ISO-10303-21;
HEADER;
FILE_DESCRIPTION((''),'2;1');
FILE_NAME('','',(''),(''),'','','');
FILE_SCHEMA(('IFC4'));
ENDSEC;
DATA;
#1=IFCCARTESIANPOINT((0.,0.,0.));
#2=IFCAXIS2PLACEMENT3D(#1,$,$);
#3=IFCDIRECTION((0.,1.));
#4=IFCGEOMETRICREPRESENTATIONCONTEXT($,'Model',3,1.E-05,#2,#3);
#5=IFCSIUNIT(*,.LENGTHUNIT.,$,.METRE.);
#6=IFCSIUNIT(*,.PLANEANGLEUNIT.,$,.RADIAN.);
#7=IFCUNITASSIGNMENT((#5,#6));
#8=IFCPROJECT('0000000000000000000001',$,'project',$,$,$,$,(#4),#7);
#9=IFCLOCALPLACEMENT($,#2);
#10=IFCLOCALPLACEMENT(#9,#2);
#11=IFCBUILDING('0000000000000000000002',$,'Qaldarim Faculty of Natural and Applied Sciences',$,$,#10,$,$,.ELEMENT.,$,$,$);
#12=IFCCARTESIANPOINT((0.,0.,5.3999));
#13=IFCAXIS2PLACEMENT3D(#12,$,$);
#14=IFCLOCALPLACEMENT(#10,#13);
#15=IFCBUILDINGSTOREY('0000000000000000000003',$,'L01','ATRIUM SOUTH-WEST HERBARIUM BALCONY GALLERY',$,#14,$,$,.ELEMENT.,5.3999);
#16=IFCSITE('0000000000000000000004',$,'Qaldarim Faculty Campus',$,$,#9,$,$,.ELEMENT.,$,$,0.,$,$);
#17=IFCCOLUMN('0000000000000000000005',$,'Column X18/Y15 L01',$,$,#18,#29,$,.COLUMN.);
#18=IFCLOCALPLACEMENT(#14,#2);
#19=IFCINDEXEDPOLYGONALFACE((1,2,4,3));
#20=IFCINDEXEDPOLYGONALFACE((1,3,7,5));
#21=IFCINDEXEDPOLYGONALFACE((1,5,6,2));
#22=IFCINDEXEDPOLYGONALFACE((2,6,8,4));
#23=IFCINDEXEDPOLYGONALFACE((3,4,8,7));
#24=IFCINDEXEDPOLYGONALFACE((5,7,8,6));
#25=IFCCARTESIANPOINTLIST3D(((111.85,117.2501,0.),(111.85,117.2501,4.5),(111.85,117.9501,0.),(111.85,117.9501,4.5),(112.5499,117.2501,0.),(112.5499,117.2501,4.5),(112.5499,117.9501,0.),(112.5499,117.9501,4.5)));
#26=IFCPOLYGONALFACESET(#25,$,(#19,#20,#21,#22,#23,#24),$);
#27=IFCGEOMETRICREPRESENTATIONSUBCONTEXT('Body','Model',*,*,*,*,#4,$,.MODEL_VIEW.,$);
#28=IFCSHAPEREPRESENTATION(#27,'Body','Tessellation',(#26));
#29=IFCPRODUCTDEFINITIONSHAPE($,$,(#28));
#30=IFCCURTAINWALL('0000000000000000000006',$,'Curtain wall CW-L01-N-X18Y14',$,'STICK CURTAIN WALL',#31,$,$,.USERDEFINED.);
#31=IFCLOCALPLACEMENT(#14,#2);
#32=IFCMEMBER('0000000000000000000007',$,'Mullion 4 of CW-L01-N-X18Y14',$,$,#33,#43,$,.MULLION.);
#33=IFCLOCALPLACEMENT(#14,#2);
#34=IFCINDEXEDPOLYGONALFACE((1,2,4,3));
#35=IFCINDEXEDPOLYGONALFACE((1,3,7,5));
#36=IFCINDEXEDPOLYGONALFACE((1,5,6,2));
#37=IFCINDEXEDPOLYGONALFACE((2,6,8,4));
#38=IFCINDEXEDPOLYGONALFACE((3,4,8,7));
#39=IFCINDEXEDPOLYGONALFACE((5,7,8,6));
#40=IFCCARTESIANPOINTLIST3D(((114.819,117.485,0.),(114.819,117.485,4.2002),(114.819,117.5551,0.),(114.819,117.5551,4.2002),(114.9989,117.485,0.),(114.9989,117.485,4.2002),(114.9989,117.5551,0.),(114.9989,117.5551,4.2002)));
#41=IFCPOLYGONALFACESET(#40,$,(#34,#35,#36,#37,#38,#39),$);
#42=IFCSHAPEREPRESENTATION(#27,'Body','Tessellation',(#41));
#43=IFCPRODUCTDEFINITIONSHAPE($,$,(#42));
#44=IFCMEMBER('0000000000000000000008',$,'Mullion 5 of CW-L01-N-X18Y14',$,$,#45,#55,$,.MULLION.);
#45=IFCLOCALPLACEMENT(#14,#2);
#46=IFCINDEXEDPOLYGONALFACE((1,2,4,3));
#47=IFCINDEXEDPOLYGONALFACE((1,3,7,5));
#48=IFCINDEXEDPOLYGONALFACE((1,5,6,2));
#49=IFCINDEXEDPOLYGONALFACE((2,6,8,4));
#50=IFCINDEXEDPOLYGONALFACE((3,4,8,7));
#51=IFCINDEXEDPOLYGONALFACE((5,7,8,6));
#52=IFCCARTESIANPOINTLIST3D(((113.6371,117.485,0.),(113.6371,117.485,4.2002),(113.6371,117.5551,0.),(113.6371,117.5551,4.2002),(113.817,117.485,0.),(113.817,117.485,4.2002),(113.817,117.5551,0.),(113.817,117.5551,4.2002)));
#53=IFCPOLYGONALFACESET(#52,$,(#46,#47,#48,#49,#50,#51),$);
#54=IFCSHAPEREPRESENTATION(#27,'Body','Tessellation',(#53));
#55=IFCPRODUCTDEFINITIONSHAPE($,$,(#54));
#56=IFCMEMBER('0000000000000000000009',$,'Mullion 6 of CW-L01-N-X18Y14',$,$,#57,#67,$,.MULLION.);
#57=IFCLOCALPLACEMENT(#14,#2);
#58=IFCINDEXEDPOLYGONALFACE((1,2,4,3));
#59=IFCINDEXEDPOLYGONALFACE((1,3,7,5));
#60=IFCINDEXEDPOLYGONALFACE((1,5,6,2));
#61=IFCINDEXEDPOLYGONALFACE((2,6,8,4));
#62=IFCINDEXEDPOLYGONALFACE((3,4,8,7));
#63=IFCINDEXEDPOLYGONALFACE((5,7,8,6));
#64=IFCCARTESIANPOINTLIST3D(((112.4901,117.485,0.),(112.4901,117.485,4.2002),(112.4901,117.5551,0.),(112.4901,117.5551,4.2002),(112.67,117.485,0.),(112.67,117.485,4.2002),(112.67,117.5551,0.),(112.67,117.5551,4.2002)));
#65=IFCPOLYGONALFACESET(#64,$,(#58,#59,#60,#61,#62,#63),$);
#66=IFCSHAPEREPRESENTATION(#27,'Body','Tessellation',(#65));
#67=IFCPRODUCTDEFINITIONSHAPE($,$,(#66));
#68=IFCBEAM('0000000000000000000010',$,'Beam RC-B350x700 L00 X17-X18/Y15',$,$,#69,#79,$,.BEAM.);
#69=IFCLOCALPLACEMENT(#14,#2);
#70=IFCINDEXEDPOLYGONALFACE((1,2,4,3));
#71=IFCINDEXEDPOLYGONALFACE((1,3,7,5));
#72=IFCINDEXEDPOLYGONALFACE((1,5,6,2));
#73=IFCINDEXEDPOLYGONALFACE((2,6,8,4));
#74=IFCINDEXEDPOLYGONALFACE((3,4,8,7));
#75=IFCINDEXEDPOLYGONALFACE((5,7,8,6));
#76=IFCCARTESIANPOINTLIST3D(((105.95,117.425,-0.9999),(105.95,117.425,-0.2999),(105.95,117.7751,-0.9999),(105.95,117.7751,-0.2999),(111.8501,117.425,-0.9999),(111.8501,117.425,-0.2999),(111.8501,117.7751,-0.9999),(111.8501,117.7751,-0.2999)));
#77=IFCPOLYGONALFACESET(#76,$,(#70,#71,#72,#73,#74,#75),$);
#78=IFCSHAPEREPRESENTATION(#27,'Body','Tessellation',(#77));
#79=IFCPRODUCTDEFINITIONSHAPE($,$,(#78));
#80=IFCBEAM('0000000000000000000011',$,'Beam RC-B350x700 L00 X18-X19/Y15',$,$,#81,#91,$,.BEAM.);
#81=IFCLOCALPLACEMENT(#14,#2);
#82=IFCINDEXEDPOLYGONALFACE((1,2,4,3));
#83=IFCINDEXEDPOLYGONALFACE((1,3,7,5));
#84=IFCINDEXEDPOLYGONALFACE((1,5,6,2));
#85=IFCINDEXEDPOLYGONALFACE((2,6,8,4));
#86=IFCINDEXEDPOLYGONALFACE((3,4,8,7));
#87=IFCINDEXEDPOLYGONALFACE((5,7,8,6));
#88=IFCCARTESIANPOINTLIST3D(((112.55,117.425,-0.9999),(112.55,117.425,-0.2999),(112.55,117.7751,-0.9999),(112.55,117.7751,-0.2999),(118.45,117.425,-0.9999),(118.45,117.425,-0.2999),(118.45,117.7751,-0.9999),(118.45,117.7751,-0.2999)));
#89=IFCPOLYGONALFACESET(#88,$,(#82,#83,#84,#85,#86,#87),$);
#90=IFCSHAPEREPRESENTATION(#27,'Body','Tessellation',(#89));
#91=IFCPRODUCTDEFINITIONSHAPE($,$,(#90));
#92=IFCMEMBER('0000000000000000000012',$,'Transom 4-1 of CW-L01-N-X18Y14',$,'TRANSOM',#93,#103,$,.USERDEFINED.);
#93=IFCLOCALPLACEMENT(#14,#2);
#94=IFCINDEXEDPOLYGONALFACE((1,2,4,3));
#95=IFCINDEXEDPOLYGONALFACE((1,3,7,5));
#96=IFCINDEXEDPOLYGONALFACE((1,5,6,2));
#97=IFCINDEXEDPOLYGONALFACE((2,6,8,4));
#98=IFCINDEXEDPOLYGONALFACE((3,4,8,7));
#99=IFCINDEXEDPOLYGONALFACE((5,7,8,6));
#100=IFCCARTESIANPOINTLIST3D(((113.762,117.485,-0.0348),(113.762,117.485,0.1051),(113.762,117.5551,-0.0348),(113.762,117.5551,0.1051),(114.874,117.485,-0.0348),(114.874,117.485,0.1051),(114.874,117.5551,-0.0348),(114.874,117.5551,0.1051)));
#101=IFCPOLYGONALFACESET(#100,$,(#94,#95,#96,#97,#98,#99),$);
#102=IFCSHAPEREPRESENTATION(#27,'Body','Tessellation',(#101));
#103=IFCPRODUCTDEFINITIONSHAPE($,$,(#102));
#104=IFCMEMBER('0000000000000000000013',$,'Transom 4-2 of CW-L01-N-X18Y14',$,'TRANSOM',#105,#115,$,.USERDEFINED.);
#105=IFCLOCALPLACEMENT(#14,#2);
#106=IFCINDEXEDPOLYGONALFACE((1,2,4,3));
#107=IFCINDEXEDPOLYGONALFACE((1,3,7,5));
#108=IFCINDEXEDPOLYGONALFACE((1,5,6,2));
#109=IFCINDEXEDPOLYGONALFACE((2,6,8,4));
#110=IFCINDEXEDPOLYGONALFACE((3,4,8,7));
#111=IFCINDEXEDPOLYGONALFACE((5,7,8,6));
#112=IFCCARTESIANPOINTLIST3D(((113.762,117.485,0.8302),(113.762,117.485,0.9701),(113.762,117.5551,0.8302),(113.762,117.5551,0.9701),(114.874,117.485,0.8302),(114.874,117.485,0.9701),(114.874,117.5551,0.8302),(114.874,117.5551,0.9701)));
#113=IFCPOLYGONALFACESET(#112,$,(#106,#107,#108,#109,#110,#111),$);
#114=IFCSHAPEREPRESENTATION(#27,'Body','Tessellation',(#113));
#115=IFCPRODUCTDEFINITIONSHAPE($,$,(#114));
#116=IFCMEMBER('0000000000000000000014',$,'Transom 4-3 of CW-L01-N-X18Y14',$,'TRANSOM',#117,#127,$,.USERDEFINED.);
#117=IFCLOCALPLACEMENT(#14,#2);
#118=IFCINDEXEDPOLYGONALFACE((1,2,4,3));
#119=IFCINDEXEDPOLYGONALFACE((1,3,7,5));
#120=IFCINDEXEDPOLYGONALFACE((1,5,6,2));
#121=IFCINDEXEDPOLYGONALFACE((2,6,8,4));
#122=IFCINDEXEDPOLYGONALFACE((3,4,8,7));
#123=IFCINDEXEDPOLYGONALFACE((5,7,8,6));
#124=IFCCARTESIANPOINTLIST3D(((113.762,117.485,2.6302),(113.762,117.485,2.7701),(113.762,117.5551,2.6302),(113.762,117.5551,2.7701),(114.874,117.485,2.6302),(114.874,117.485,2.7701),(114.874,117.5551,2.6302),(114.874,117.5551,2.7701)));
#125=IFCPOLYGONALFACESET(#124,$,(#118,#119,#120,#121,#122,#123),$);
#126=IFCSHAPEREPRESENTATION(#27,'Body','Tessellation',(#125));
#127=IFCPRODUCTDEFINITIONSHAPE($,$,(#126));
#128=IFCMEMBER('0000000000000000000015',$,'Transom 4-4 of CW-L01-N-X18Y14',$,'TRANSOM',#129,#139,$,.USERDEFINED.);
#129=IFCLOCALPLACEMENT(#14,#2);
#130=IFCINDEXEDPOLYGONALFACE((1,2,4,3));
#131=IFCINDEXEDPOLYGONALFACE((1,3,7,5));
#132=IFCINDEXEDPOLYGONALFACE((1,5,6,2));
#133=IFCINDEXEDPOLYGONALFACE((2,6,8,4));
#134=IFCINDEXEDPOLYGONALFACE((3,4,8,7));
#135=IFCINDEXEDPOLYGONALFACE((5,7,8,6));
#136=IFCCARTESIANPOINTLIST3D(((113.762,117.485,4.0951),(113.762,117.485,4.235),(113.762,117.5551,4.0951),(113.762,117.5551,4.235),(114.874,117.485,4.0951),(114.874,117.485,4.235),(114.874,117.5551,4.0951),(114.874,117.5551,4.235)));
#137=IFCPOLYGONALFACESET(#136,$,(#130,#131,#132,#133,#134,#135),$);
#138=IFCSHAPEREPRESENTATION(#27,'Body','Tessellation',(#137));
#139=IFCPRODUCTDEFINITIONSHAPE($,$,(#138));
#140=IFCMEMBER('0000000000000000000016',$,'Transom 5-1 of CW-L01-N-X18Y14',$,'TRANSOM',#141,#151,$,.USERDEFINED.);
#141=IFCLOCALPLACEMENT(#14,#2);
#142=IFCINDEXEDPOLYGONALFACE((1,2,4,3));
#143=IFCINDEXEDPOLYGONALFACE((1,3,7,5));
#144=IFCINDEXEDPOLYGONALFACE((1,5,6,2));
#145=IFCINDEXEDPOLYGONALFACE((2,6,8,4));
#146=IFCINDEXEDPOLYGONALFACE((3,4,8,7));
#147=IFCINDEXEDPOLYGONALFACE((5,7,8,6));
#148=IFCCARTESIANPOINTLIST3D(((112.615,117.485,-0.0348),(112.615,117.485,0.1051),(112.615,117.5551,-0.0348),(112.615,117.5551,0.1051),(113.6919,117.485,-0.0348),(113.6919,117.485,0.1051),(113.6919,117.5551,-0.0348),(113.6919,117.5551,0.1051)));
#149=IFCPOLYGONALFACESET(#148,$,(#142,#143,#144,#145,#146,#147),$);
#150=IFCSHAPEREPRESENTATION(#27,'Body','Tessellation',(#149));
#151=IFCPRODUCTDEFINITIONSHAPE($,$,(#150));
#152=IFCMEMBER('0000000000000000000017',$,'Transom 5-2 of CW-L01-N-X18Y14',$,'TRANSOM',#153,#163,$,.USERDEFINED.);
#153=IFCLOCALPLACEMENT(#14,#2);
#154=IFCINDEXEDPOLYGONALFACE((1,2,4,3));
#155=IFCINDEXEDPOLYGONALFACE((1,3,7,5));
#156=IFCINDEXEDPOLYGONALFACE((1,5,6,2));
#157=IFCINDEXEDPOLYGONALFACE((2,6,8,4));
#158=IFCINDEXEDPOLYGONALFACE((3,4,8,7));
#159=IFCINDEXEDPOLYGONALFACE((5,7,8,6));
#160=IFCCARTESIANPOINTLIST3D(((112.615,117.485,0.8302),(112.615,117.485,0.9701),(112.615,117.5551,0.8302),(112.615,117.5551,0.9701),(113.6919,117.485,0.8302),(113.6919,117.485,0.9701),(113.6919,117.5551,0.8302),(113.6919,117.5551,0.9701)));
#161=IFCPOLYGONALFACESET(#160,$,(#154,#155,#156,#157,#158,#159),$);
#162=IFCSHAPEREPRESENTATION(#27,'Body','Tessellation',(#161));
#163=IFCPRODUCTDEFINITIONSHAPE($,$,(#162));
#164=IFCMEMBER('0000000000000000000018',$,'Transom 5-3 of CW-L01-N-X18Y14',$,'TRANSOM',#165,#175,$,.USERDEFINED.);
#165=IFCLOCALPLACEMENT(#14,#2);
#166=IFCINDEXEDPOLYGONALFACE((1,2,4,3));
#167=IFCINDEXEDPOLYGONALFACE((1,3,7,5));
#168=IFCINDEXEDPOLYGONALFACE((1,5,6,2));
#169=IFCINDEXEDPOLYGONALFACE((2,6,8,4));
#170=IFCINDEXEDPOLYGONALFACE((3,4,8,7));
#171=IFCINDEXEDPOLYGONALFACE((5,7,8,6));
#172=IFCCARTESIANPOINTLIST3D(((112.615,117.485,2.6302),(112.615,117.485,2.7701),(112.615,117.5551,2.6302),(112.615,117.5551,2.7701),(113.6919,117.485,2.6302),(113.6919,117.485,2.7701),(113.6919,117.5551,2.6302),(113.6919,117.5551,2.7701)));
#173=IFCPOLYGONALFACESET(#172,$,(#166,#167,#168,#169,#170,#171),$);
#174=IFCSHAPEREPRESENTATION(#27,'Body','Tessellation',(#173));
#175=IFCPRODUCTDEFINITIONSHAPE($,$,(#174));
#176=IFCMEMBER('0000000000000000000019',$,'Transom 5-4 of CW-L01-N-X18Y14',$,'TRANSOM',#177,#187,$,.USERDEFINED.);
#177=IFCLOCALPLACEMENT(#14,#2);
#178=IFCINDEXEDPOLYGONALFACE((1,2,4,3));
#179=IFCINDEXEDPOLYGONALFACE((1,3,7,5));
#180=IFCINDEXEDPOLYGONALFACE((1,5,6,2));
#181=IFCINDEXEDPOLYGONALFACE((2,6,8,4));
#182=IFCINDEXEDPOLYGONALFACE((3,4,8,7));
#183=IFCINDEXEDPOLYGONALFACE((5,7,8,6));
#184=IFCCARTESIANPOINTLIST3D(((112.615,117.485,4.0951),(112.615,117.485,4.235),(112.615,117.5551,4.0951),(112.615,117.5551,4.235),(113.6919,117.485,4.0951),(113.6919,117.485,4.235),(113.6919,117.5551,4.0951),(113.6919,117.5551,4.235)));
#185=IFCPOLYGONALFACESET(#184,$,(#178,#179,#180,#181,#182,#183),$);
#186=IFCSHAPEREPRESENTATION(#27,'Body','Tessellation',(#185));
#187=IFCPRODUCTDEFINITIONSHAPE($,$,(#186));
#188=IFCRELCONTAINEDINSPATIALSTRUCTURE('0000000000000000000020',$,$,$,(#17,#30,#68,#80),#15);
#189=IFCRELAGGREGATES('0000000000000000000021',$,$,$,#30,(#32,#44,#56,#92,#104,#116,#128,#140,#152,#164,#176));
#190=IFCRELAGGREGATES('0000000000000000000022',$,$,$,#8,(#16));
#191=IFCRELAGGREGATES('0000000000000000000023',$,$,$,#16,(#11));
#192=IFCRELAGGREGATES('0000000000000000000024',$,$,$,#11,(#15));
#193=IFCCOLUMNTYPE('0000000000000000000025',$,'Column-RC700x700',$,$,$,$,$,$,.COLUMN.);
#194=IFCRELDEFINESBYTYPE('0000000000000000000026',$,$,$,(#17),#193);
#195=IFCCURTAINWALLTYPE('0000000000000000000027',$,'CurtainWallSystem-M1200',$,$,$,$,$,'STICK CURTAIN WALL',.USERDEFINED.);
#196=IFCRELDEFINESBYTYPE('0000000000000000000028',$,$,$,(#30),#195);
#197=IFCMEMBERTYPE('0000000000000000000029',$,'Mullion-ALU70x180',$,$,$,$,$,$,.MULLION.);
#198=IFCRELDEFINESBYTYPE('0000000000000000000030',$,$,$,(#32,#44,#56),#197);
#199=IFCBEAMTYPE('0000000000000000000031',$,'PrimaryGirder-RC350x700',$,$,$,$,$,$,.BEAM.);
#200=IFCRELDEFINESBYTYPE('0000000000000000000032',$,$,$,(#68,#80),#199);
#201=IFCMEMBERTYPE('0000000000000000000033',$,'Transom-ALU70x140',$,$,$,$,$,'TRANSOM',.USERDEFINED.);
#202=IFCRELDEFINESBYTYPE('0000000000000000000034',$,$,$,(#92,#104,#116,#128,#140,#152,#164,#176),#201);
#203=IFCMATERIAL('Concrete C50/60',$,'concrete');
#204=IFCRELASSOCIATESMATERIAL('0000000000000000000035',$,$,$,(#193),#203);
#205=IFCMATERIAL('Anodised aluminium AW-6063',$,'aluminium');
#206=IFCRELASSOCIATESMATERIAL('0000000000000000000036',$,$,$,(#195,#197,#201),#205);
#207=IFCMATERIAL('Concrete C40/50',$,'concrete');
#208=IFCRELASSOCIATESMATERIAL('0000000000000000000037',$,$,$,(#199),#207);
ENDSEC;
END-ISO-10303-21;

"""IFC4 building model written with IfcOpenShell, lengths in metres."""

from ifc_helpers import new_model, si_unit, direction, frame, origin, origin_2d, place, context, subcontext, project, spatial, rectangle, extrude, material, material_profile, profile_set, type_object, element, aggregate, save


model = new_model("IFC4")

# Units and contexts
model_context = context("Model", 3, precision=1e-05, world=origin(), true_north=direction((0.0, 1.0)))
body_context = subcontext(model_context, "Body", "Model", "MODEL_VIEW")
ifc_project = project(units=[si_unit("LENGTHUNIT", "METRE"), si_unit("PLANEANGLEUNIT", "RADIAN")], contexts=[model_context])

# Site, building, storey
site_placement = place(None, origin())
site = spatial("IfcSite", under=ifc_project, at=site_placement, Name="Qaldarim Faculty Campus", CompositionType="ELEMENT", RefElevation=0.0)
building_placement = place(site_placement, origin())
building = spatial("IfcBuilding", under=site, at=building_placement, Name="Qaldarim Faculty of Natural and Applied Sciences", CompositionType="ELEMENT")
storey_placement = place(building_placement, frame((0.0, 0.0, 5.3999)))
storey = spatial("IfcBuildingStorey", under=building, at=storey_placement, Name="L01", Description="ATRIUM SOUTH-WEST HERBARIUM BALCONY GALLERY", CompositionType="ELEMENT", Elevation=5.3999)

# Column
ifc_material_1 = material(Name="Concrete C50/60", Category="concrete")
ifc_material_profile_1 = material_profile(ifc_material_1, rectangle(XDim=0.7, YDim=0.7, at=origin_2d()), Name="RC-C700x700")
ifc_profile_set_1 = profile_set([ifc_material_profile_1], Name="Concrete C50/60")
column_type = type_object("IfcColumnType", Name="Column-RC700x700", PredefinedType="COLUMN", material=ifc_profile_set_1)
column_placement = place(storey_placement, frame((112.2, 117.6001, 0.0), z_axis=(0.0, 0.0, 1.0), x_axis=(1.0, 0.0, 0.0)))
element("IfcColumn", 1, at=column_placement, inside=storey, type_object=column_type, Name="Column X18/Y15 L01", PredefinedType="COLUMN", context=body_context, shape_type="SweptSolid", body=[
    extrude(rectangle(XDim=0.7, YDim=0.7, at=origin_2d()), origin(), (0.0, 0.0, 1.0), 4.5),
])

# Curtain wall, members
ifc_material_2 = material(Name="Anodised aluminium AW-6063", Category="aluminium")
curtain_wall_type = type_object("IfcCurtainWallType", Name="CurtainWallSystem-M1200", ElementType="STICK CURTAIN WALL", PredefinedType="USERDEFINED", material=ifc_material_2)
curtain_wall_placement = place(storey_placement, origin())
curtain_wall = element("IfcCurtainWall", 2, at=curtain_wall_placement, inside=storey, type_object=curtain_wall_type, Name="Curtain wall CW-L01-N-X18Y14", ObjectType="STICK CURTAIN WALL", PredefinedType="USERDEFINED")
ifc_material_profile_2 = material_profile(ifc_material_2, rectangle(XDim=0.0701, YDim=0.1799, at=origin_2d()), Name="ALU-M70x180")
ifc_profile_set_2 = profile_set([ifc_material_profile_2], Name="Anodised aluminium AW-6063")
member_type_1 = type_object("IfcMemberType", Name="Mullion-ALU70x180", PredefinedType="MULLION", material=ifc_profile_set_2)
member_1_placement = place(storey_placement, frame((114.9089, 117.52, 0.0), z_axis=(0.0, 0.0, 1.0), x_axis=(0.0, -1.0, 0.0)))
member_1 = element("IfcMember", 3, at=member_1_placement, type_object=member_type_1, Name="Mullion 4 of CW-L01-N-X18Y14", PredefinedType="MULLION", context=body_context, shape_type="SweptSolid", body=[
    extrude(rectangle(XDim=0.0701, YDim=0.1799, at=origin_2d()), origin(), (0.0, 0.0, 1.0), 4.2002),
])
member_2_placement = place(storey_placement, frame((113.7271, 117.52, 0.0), z_axis=(0.0, 0.0, 1.0), x_axis=(0.0, -1.0, 0.0)))
member_2 = element("IfcMember", 4, at=member_2_placement, type_object=member_type_1, Name="Mullion 5 of CW-L01-N-X18Y14", PredefinedType="MULLION", context=body_context, shape_type="SweptSolid", body=[
    extrude(rectangle(XDim=0.0701, YDim=0.1799, at=origin_2d()), origin(), (0.0, 0.0, 1.0), 4.2002),
])
member_3_placement = place(storey_placement, frame((112.5801, 117.52, 0.0), z_axis=(0.0, 0.0, 1.0), x_axis=(0.0, -1.0, 0.0)))
member_3 = element("IfcMember", 5, at=member_3_placement, type_object=member_type_1, Name="Mullion 6 of CW-L01-N-X18Y14", PredefinedType="MULLION", context=body_context, shape_type="SweptSolid", body=[
    extrude(rectangle(XDim=0.0701, YDim=0.1799, at=origin_2d()), origin(), (0.0, 0.0, 1.0), 4.2002),
])

# Beams
ifc_material_3 = material(Name="Concrete C40/50", Category="concrete")
ifc_material_profile_3 = material_profile(ifc_material_3, rectangle(XDim=0.3501, YDim=0.7, at=origin_2d()), Name="RC-B350x700")
ifc_profile_set_3 = profile_set([ifc_material_profile_3], Name="Concrete C40/50")
beam_type = type_object("IfcBeamType", Name="PrimaryGirder-RC350x700", PredefinedType="BEAM", material=ifc_profile_set_3)
beam_1_placement = place(storey_placement, frame((105.95, 117.6001, -0.6499), z_axis=(1.0, 0.0, 0.0), x_axis=(0.0, 1.0, 0.0)))
element("IfcBeam", 6, at=beam_1_placement, inside=storey, type_object=beam_type, Name="Beam RC-B350x700 L00 X17-X18/Y15", PredefinedType="BEAM", context=body_context, shape_type="SweptSolid", body=[
    extrude(rectangle(XDim=0.3501, YDim=0.7, at=origin_2d()), origin(), (0.0, 0.0, 1.0), 5.9001),
])
beam_2_placement = place(storey_placement, frame((112.55, 117.6001, -0.6499), z_axis=(1.0, 0.0, 0.0), x_axis=(0.0, 1.0, 0.0)))
element("IfcBeam", 7, at=beam_2_placement, inside=storey, type_object=beam_type, Name="Beam RC-B350x700 L00 X18-X19/Y15", PredefinedType="BEAM", context=body_context, shape_type="SweptSolid", body=[
    extrude(rectangle(XDim=0.3501, YDim=0.7, at=origin_2d()), origin(), (0.0, 0.0, 1.0), 5.8999),
])

# Members
ifc_material_profile_4 = material_profile(ifc_material_2, rectangle(XDim=0.0701, YDim=0.1399, at=origin_2d()), Name="ALU-T70x140")
ifc_profile_set_4 = profile_set([ifc_material_profile_4], Name="Anodised aluminium AW-6063")
member_type_2 = type_object("IfcMemberType", Name="Transom-ALU70x140", ElementType="TRANSOM", PredefinedType="USERDEFINED", material=ifc_profile_set_4)
member_4_placement = place(storey_placement, frame((114.874, 117.52, 0.0352), z_axis=(-1.0, 0.0, 0.0), x_axis=(0.0, -1.0, 0.0)))
member_4 = element("IfcMember", 8, at=member_4_placement, type_object=member_type_2, Name="Transom 4-1 of CW-L01-N-X18Y14", ObjectType="TRANSOM", PredefinedType="USERDEFINED", context=body_context, shape_type="SweptSolid", body=[
    extrude(rectangle(XDim=0.0701, YDim=0.1399, at=origin_2d()), origin(), (0.0, 0.0, 1.0), 1.1121),
])
member_5_placement = place(storey_placement, frame((114.874, 117.52, 0.9001), z_axis=(-1.0, 0.0, 0.0), x_axis=(0.0, -1.0, 0.0)))
member_5 = element("IfcMember", 9, at=member_5_placement, type_object=member_type_2, Name="Transom 4-2 of CW-L01-N-X18Y14", ObjectType="TRANSOM", PredefinedType="USERDEFINED", context=body_context, shape_type="SweptSolid", body=[
    extrude(rectangle(XDim=0.0701, YDim=0.1399, at=origin_2d()), origin(), (0.0, 0.0, 1.0), 1.1121),
])
member_6_placement = place(storey_placement, frame((114.874, 117.52, 2.7002), z_axis=(-1.0, 0.0, 0.0), x_axis=(0.0, -1.0, 0.0)))
member_6 = element("IfcMember", 10, at=member_6_placement, type_object=member_type_2, Name="Transom 4-3 of CW-L01-N-X18Y14", ObjectType="TRANSOM", PredefinedType="USERDEFINED", context=body_context, shape_type="SweptSolid", body=[
    extrude(rectangle(XDim=0.0701, YDim=0.1399, at=origin_2d()), origin(), (0.0, 0.0, 1.0), 1.1121),
])
member_7_placement = place(storey_placement, frame((114.874, 117.52, 4.165), z_axis=(-1.0, 0.0, 0.0), x_axis=(0.0, -1.0, 0.0)))
member_7 = element("IfcMember", 11, at=member_7_placement, type_object=member_type_2, Name="Transom 4-4 of CW-L01-N-X18Y14", ObjectType="TRANSOM", PredefinedType="USERDEFINED", context=body_context, shape_type="SweptSolid", body=[
    extrude(rectangle(XDim=0.0701, YDim=0.1399, at=origin_2d()), origin(), (0.0, 0.0, 1.0), 1.1121),
])
member_8_placement = place(storey_placement, frame((113.6919, 117.52, 0.0352), z_axis=(-1.0, 0.0, 0.0), x_axis=(0.0, -1.0, 0.0)))
member_8 = element("IfcMember", 12, at=member_8_placement, type_object=member_type_2, Name="Transom 5-1 of CW-L01-N-X18Y14", ObjectType="TRANSOM", PredefinedType="USERDEFINED", context=body_context, shape_type="SweptSolid", body=[
    extrude(rectangle(XDim=0.0701, YDim=0.1399, at=origin_2d()), origin(), (0.0, 0.0, 1.0), 1.0769),
])
member_9_placement = place(storey_placement, frame((113.6919, 117.52, 0.9001), z_axis=(-1.0, 0.0, 0.0), x_axis=(0.0, -1.0, 0.0)))
member_9 = element("IfcMember", 13, at=member_9_placement, type_object=member_type_2, Name="Transom 5-2 of CW-L01-N-X18Y14", ObjectType="TRANSOM", PredefinedType="USERDEFINED", context=body_context, shape_type="SweptSolid", body=[
    extrude(rectangle(XDim=0.0701, YDim=0.1399, at=origin_2d()), origin(), (0.0, 0.0, 1.0), 1.0769),
])
member_10_placement = place(storey_placement, frame((113.6919, 117.52, 2.7002), z_axis=(-1.0, 0.0, 0.0), x_axis=(0.0, -1.0, 0.0)))
member_10 = element("IfcMember", 14, at=member_10_placement, type_object=member_type_2, Name="Transom 5-3 of CW-L01-N-X18Y14", ObjectType="TRANSOM", PredefinedType="USERDEFINED", context=body_context, shape_type="SweptSolid", body=[
    extrude(rectangle(XDim=0.0701, YDim=0.1399, at=origin_2d()), origin(), (0.0, 0.0, 1.0), 1.0769),
])
member_11_placement = place(storey_placement, frame((113.6919, 117.52, 4.165), z_axis=(-1.0, 0.0, 0.0), x_axis=(0.0, -1.0, 0.0)))
member_11 = element("IfcMember", 15, at=member_11_placement, type_object=member_type_2, Name="Transom 5-4 of CW-L01-N-X18Y14", ObjectType="TRANSOM", PredefinedType="USERDEFINED", context=body_context, shape_type="SweptSolid", body=[
    extrude(rectangle(XDim=0.0701, YDim=0.1399, at=origin_2d()), origin(), (0.0, 0.0, 1.0), 1.0769),
])

aggregate(curtain_wall, [member_1, member_2, member_3, member_4, member_5, member_6, member_7, member_8, member_9, member_10, member_11])

save(model, "model.ifc")
